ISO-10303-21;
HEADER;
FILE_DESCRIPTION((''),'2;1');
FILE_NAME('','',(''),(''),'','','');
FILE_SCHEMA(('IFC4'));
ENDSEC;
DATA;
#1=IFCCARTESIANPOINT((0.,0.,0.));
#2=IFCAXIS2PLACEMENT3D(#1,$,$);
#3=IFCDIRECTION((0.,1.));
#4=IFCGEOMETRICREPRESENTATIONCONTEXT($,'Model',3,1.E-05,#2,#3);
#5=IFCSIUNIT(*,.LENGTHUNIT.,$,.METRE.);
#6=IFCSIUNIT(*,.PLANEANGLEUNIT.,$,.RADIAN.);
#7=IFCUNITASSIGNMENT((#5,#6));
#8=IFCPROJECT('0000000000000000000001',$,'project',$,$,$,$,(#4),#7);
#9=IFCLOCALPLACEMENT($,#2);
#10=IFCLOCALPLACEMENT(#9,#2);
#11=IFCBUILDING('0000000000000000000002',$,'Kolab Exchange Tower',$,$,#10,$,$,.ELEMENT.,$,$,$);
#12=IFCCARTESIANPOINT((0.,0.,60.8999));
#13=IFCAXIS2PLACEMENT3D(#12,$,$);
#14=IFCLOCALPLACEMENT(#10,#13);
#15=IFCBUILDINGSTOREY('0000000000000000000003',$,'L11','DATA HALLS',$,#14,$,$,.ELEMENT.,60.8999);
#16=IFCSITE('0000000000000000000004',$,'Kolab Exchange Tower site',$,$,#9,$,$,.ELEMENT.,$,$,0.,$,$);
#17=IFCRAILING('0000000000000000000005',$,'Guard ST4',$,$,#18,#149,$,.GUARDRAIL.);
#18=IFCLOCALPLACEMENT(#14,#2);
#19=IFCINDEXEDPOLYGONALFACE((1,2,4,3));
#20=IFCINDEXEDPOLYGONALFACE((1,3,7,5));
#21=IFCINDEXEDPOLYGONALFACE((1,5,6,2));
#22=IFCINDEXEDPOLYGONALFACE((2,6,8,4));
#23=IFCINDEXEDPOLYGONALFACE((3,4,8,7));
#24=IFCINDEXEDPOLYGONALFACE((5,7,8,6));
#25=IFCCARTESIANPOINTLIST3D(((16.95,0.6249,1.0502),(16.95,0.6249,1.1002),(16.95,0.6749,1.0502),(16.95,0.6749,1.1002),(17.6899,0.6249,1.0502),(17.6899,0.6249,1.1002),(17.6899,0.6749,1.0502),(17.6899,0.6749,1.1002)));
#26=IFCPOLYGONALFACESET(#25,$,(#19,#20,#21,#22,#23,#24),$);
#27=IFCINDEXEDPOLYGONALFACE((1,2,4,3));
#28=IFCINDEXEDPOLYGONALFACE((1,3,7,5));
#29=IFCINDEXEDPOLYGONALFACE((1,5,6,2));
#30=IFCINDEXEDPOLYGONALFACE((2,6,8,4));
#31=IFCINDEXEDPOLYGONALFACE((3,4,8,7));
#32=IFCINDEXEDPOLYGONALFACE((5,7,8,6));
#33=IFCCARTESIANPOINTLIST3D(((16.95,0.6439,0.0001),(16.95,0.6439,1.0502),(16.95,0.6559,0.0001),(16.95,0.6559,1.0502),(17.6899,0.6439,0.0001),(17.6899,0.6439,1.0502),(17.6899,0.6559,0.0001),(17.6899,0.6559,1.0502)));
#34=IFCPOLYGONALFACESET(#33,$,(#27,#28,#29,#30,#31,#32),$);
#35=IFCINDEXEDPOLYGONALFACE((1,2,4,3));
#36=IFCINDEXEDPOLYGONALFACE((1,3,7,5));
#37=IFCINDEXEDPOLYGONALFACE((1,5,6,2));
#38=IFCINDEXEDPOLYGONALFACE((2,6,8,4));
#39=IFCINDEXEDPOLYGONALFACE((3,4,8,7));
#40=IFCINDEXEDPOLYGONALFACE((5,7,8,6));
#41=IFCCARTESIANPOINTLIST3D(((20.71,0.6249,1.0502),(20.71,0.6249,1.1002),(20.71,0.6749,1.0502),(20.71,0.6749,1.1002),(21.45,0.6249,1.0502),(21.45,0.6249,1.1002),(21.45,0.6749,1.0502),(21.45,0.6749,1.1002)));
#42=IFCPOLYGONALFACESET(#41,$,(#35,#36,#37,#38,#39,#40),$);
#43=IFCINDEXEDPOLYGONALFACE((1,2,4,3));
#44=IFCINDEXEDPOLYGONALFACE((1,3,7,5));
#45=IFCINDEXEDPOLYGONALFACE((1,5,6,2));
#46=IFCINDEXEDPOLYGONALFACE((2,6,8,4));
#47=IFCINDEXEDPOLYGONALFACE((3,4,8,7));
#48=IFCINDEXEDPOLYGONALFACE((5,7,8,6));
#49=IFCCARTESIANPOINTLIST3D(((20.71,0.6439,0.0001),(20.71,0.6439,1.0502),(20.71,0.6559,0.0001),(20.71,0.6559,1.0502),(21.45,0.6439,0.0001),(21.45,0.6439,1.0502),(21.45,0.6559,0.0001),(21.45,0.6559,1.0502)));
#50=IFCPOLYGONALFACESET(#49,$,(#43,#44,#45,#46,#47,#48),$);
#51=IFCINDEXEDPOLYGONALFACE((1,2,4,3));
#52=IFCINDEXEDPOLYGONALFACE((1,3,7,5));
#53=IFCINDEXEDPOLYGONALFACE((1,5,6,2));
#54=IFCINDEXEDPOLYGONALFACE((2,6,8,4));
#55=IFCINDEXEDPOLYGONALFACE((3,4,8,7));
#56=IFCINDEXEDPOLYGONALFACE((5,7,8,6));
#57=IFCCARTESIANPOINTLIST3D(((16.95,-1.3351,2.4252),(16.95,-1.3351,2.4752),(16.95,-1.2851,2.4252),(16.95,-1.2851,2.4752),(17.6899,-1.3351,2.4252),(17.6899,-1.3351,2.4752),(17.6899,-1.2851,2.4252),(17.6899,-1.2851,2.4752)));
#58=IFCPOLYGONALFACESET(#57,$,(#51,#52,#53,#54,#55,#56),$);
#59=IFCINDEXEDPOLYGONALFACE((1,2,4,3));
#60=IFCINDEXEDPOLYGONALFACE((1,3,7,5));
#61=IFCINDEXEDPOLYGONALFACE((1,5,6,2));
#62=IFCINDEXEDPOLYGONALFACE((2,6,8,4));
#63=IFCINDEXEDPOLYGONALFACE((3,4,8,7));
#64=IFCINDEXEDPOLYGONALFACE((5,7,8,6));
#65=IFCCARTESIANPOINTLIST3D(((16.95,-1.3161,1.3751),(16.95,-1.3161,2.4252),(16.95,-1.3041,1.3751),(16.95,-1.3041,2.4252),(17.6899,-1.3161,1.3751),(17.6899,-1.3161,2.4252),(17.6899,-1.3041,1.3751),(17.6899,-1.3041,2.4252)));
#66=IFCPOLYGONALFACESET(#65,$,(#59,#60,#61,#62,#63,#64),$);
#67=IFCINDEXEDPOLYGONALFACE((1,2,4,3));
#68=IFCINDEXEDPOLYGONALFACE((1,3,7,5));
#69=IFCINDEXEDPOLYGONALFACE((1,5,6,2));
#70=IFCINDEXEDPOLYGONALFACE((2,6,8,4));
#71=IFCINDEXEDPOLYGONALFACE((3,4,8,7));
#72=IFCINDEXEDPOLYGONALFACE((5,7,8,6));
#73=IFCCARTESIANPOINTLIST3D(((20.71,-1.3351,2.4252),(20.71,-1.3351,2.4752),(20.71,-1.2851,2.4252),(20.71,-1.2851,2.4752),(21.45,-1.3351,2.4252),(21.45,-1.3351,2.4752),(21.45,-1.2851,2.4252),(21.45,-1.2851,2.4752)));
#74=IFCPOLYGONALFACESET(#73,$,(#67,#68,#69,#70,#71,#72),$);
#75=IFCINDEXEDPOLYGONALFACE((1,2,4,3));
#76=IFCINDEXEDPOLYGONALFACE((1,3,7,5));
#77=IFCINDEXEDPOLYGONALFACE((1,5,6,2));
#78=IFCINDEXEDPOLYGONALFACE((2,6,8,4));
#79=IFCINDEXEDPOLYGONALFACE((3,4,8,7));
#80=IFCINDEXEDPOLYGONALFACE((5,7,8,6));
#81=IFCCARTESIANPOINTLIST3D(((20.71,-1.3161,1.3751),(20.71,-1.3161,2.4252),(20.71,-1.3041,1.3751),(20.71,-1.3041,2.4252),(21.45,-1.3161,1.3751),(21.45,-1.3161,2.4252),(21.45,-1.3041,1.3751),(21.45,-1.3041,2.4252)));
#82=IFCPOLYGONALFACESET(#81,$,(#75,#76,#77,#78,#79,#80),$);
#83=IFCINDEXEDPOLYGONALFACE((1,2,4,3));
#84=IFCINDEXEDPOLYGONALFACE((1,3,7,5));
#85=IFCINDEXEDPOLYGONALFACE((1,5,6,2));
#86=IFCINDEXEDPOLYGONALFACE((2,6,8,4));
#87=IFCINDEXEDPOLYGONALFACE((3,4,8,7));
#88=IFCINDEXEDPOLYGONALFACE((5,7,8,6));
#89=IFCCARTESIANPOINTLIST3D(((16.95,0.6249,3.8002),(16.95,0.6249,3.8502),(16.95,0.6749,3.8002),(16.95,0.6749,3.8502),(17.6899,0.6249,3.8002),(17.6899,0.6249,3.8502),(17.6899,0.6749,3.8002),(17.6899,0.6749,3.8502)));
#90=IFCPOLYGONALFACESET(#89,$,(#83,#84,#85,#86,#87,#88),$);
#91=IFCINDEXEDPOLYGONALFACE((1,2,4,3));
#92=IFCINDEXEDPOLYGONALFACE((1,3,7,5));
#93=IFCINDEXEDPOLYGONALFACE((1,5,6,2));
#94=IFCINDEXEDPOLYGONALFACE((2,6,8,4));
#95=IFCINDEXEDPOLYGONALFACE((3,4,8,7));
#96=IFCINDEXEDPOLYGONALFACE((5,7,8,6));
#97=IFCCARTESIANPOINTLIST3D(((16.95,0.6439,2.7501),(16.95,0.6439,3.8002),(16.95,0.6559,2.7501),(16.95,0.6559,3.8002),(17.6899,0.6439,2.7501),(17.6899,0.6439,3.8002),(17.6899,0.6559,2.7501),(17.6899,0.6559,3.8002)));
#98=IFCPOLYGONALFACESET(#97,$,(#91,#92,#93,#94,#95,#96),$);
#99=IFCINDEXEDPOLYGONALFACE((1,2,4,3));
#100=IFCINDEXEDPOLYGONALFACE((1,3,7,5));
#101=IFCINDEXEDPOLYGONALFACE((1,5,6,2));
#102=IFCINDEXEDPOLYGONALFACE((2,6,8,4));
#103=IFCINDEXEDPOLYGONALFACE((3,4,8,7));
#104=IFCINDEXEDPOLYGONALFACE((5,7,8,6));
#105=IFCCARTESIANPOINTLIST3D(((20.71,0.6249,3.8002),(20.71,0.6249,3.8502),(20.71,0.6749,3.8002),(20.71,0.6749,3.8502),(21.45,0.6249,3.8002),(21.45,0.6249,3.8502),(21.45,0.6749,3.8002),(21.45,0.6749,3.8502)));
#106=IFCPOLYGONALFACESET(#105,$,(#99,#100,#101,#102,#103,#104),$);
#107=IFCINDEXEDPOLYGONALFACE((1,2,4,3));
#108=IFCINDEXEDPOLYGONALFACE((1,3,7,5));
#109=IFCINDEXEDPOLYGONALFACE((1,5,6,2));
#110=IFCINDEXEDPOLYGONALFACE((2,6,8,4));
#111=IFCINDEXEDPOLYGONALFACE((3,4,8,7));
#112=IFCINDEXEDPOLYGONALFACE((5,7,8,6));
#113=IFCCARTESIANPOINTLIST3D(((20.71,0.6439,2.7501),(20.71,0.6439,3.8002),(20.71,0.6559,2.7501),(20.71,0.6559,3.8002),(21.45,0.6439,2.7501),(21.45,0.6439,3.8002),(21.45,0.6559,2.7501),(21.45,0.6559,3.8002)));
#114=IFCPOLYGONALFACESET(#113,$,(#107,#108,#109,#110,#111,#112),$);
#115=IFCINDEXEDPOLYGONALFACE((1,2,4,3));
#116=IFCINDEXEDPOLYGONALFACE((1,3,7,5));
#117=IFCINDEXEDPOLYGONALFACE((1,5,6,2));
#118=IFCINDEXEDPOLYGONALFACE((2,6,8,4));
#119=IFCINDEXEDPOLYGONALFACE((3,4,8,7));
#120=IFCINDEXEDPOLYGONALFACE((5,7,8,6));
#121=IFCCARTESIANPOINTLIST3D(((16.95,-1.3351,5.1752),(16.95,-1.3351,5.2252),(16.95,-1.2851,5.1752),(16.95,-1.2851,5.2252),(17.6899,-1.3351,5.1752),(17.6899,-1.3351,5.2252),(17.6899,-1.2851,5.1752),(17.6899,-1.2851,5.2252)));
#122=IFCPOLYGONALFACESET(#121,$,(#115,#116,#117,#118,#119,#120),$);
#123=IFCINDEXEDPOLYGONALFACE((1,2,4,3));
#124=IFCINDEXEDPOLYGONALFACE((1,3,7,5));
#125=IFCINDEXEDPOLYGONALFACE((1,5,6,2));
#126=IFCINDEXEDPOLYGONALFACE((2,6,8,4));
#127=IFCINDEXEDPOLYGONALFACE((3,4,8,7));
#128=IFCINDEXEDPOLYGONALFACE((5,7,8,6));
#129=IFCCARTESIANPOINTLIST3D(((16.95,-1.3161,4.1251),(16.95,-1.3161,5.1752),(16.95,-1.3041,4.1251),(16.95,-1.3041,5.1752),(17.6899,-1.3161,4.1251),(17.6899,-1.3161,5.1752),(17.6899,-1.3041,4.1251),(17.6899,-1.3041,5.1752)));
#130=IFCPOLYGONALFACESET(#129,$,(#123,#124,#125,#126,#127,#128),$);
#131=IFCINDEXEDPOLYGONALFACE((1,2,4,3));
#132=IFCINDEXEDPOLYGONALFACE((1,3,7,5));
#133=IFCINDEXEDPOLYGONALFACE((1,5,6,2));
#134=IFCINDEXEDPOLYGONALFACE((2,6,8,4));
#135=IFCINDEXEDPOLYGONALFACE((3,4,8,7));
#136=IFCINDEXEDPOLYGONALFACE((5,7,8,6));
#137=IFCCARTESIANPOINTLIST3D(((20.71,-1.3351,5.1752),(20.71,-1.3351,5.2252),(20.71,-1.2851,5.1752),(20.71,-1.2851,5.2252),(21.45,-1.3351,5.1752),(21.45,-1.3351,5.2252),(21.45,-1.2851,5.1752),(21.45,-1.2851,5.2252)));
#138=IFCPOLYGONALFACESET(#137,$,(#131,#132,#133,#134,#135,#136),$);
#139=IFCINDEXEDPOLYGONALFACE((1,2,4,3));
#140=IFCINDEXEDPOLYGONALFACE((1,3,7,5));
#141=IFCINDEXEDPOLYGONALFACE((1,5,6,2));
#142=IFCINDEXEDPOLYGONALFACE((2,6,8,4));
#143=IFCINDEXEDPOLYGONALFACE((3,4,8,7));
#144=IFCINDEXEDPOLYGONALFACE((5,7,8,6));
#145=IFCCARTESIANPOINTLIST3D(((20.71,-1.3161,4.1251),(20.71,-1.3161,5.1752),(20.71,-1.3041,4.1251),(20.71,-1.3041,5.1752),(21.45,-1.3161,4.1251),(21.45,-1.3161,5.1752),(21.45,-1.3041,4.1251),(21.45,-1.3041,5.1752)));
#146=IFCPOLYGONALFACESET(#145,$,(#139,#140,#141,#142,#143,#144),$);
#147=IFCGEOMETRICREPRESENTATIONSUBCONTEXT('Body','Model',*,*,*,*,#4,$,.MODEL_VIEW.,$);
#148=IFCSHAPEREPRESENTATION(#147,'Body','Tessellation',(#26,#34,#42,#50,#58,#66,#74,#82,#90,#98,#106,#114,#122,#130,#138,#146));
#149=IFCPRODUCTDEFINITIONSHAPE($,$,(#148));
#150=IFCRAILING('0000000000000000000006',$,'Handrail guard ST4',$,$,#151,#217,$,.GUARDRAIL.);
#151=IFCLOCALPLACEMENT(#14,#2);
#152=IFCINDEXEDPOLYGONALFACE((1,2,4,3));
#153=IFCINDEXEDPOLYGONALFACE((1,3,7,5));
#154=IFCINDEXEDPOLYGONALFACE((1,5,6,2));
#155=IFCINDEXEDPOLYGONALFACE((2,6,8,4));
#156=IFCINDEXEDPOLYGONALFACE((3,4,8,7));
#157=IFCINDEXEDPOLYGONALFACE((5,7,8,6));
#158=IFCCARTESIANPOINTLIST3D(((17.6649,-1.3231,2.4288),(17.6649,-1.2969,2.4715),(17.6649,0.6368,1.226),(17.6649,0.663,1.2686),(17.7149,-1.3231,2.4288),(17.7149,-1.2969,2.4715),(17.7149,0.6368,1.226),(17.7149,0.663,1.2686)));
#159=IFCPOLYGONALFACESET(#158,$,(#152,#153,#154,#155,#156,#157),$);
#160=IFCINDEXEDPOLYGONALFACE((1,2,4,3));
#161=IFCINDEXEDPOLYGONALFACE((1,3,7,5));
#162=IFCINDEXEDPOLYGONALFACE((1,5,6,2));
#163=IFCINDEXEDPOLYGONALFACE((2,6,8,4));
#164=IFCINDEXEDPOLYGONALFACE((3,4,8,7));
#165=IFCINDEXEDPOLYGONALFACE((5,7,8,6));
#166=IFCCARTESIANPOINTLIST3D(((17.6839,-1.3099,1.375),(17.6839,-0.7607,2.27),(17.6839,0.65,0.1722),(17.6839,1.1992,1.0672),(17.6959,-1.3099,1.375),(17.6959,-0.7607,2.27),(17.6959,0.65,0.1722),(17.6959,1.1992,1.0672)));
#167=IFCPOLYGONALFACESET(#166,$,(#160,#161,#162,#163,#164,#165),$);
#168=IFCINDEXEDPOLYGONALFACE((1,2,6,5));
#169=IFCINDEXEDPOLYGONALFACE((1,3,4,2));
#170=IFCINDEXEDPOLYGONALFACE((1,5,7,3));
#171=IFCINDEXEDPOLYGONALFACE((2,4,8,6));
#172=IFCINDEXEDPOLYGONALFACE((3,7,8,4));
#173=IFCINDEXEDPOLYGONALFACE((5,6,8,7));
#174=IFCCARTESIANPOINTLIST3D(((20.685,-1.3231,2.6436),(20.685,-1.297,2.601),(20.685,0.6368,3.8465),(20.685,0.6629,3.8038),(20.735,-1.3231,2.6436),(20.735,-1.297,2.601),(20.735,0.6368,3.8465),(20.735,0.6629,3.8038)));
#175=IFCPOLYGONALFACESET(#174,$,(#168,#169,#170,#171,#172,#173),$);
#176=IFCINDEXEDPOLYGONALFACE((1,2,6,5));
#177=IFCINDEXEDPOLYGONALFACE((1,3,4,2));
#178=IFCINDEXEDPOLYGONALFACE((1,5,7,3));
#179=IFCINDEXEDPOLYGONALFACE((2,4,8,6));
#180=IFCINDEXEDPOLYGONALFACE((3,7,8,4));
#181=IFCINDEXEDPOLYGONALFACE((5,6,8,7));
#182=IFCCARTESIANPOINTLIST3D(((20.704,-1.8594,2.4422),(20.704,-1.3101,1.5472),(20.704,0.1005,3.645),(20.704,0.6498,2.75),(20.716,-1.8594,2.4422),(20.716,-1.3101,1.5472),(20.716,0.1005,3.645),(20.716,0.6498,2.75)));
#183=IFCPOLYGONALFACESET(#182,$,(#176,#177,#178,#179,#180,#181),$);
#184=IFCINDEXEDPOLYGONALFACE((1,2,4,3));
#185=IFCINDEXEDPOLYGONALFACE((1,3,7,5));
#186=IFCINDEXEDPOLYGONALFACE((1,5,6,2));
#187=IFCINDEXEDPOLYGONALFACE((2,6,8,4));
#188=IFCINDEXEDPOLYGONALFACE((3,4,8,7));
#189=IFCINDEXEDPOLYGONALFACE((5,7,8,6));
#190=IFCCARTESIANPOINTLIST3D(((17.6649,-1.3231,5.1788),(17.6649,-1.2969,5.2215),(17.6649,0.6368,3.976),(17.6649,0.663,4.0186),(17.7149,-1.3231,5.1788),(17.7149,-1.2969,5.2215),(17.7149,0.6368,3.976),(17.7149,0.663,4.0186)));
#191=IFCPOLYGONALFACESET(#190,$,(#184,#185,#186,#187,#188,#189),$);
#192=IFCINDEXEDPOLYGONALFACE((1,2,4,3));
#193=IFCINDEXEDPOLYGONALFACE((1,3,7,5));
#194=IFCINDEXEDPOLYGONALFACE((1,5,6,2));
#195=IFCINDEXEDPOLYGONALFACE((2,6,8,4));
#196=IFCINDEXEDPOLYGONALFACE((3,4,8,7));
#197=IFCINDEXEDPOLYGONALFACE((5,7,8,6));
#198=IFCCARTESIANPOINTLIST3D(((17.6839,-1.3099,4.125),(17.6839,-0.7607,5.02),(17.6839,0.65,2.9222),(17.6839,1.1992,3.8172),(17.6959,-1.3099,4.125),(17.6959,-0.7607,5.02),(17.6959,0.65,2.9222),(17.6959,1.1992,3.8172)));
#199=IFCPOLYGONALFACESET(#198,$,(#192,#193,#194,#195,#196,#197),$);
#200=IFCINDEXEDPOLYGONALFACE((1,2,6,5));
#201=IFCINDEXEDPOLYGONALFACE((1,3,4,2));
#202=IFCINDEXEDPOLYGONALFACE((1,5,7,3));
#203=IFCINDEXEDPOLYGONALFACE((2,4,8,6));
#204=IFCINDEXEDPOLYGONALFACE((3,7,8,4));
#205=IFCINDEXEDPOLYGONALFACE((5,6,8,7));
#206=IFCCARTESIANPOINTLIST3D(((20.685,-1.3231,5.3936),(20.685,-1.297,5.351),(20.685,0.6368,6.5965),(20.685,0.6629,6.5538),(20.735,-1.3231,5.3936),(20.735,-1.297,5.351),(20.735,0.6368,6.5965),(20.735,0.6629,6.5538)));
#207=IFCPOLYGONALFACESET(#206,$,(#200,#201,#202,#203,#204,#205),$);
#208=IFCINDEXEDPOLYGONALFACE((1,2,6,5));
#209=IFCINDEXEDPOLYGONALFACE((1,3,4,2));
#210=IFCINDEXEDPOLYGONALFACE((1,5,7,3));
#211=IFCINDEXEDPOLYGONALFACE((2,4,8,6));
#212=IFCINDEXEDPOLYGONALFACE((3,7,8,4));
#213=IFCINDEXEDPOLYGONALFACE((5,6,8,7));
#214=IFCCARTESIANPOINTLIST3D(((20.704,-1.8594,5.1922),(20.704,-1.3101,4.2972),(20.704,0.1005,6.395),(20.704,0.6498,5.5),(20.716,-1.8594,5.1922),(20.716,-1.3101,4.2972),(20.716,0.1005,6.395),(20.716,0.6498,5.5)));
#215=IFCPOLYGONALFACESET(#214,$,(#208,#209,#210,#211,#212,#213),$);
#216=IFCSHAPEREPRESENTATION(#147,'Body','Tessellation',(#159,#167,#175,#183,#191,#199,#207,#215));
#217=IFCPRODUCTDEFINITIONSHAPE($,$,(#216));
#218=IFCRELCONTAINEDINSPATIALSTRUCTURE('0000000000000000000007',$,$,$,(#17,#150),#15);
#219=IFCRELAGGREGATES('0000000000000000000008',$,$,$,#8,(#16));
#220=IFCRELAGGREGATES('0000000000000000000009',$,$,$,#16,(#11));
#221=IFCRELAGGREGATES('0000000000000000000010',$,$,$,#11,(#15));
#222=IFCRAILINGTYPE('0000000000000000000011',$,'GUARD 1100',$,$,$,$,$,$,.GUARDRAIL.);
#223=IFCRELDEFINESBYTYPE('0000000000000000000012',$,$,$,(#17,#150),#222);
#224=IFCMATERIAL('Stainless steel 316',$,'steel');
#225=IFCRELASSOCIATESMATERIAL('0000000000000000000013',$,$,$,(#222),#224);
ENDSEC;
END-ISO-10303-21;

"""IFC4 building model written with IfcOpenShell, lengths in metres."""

from ifc_helpers import new_model, si_unit, direction, frame, frame_2d, origin, origin_2d, place, context, subcontext, project, spatial, rectangle, extrude, material, type_object, element, save


model = new_model("IFC4")

# Units and contexts
model_context = context("Model", 3, precision=1e-05, world=origin(), true_north=direction((0.0, 1.0)))
body_context = subcontext(model_context, "Body", "Model", "MODEL_VIEW")
ifc_project = project(units=[si_unit("LENGTHUNIT", "METRE"), si_unit("PLANEANGLEUNIT", "RADIAN")], contexts=[model_context])

# Site, building, storey
site_placement = place(None, origin())
site = spatial("IfcSite", under=ifc_project, at=site_placement, Name="Kolab Exchange Tower site", CompositionType="ELEMENT", RefElevation=0.0)
building_placement = place(site_placement, origin())
building = spatial("IfcBuilding", under=site, at=building_placement, Name="Kolab Exchange Tower", CompositionType="ELEMENT")
storey_placement = place(building_placement, frame((0.0, 0.0, 60.8999)))
storey = spatial("IfcBuildingStorey", under=building, at=storey_placement, Name="L11", Description="DATA HALLS", CompositionType="ELEMENT", Elevation=60.8999)

# Railings
ifc_material_1 = material(Name="Stainless steel 316", Category="steel")
railing_type = type_object("IfcRailingType", Name="GUARD 1100", PredefinedType="GUARDRAIL", material=ifc_material_1)
railing_1_placement = place(storey_placement, frame((16.95, 0.6499, 0.0)))
element("IfcRailing", 1, at=railing_1_placement, inside=storey, type_object=railing_type, Name="Guard ST4", PredefinedType="GUARDRAIL", context=body_context, shape_type="SweptSolid", body=[
    extrude(rectangle(XDim=0.05, YDim=0.05, at=origin_2d()), frame((0.0, 0.0, 1.0752), z_axis=(1.0, 0.0, 0.0), x_axis=(0.0, 1.0, 0.0)), (0.0, 0.0, 1.0), 0.74),
    extrude(rectangle(XDim=0.012, YDim=1.0501, at=frame_2d((0.0, 0.5251))), frame((0.0, 0.0, 0.0), z_axis=(1.0, 0.0, 0.0), x_axis=(0.0, 1.0, 0.0)), (0.0, 0.0, 1.0), 0.74),
    extrude(rectangle(XDim=0.05, YDim=0.05, at=origin_2d()), frame((3.76, 0.0, 1.0752), z_axis=(1.0, 0.0, 0.0), x_axis=(0.0, 1.0, 0.0)), (0.0, 0.0, 1.0), 0.74),
    extrude(rectangle(XDim=0.012, YDim=1.0501, at=frame_2d((0.0, 0.5251))), frame((3.76, 0.0, 0.0), z_axis=(1.0, 0.0, 0.0), x_axis=(0.0, 1.0, 0.0)), (0.0, 0.0, 1.0), 0.74),
    extrude(rectangle(XDim=0.05, YDim=0.05, at=origin_2d()), frame((0.0, -1.96, 2.4502), z_axis=(1.0, 0.0, 0.0), x_axis=(0.0, 1.0, 0.0)), (0.0, 0.0, 1.0), 0.74),
    extrude(rectangle(XDim=0.012, YDim=1.0501, at=frame_2d((0.0, 0.5251))), frame((0.0, -1.96, 1.375), z_axis=(1.0, 0.0, 0.0), x_axis=(0.0, 1.0, 0.0)), (0.0, 0.0, 1.0), 0.74),
    extrude(rectangle(XDim=0.05, YDim=0.05, at=origin_2d()), frame((3.76, -1.96, 2.4502), z_axis=(1.0, 0.0, 0.0), x_axis=(0.0, 1.0, 0.0)), (0.0, 0.0, 1.0), 0.74),
    extrude(rectangle(XDim=0.012, YDim=1.0501, at=frame_2d((0.0, 0.5251))), frame((3.76, -1.96, 1.375), z_axis=(1.0, 0.0, 0.0), x_axis=(0.0, 1.0, 0.0)), (0.0, 0.0, 1.0), 0.74),
    extrude(rectangle(XDim=0.05, YDim=0.05, at=origin_2d()), frame((0.0, 0.0, 3.8252), z_axis=(1.0, 0.0, 0.0), x_axis=(0.0, 1.0, 0.0)), (0.0, 0.0, 1.0), 0.74),
    extrude(rectangle(XDim=0.012, YDim=1.0501, at=frame_2d((0.0, 0.5251))), frame((0.0, 0.0, 2.75), z_axis=(1.0, 0.0, 0.0), x_axis=(0.0, 1.0, 0.0)), (0.0, 0.0, 1.0), 0.74),
    extrude(rectangle(XDim=0.05, YDim=0.05, at=origin_2d()), frame((3.76, 0.0, 3.8252), z_axis=(1.0, 0.0, 0.0), x_axis=(0.0, 1.0, 0.0)), (0.0, 0.0, 1.0), 0.74),
    extrude(rectangle(XDim=0.012, YDim=1.0501, at=frame_2d((0.0, 0.5251))), frame((3.76, 0.0, 2.75), z_axis=(1.0, 0.0, 0.0), x_axis=(0.0, 1.0, 0.0)), (0.0, 0.0, 1.0), 0.74),
    extrude(rectangle(XDim=0.05, YDim=0.05, at=origin_2d()), frame((0.0, -1.96, 5.2002), z_axis=(1.0, 0.0, 0.0), x_axis=(0.0, 1.0, 0.0)), (0.0, 0.0, 1.0), 0.74),
    extrude(rectangle(XDim=0.012, YDim=1.0501, at=frame_2d((0.0, 0.5251))), frame((0.0, -1.96, 4.125), z_axis=(1.0, 0.0, 0.0), x_axis=(0.0, 1.0, 0.0)), (0.0, 0.0, 1.0), 0.74),
    extrude(rectangle(XDim=0.05, YDim=0.05, at=origin_2d()), frame((3.76, -1.96, 5.2002), z_axis=(1.0, 0.0, 0.0), x_axis=(0.0, 1.0, 0.0)), (0.0, 0.0, 1.0), 0.74),
    extrude(rectangle(XDim=0.012, YDim=1.0501, at=frame_2d((0.0, 0.5251))), frame((3.76, -1.96, 4.125), z_axis=(1.0, 0.0, 0.0), x_axis=(0.0, 1.0, 0.0)), (0.0, 0.0, 1.0), 0.74),
])
railing_2_placement = place(storey_placement, frame((17.6899, 0.6499, 0.1721)))
element("IfcRailing", 2, at=railing_2_placement, inside=storey, type_object=railing_type, Name="Handrail guard ST4", PredefinedType="GUARDRAIL", context=body_context, shape_type="SweptSolid", body=[
    extrude(rectangle(XDim=0.05, YDim=0.05, at=origin_2d()), frame((0.0, 0.0, 1.0752), z_axis=(0.0, -0.852288, 0.523072), x_axis=(1.0, 0.0, 0.0)), (0.0, 0.0, 1.0), 2.2996),
    extrude(rectangle(XDim=0.012, YDim=1.0501, at=frame_2d((0.0, 0.5251))), frame((0.0, 0.0, 0.0), z_axis=(0.0, -0.852288, 0.523072), x_axis=(1.0, 0.0, 0.0)), (0.0, 0.0, 1.0), 2.2996),
    extrude(rectangle(XDim=0.05, YDim=0.05, at=origin_2d()), frame((3.02, -1.96, 2.4502), z_axis=(0.0, 0.852288, 0.523072), x_axis=(-1.0, 0.0, 0.0)), (0.0, 0.0, 1.0), 2.2996),
    extrude(rectangle(XDim=0.012, YDim=1.0501, at=frame_2d((0.0, 0.5251))), frame((3.02, -1.96, 1.375), z_axis=(0.0, 0.852288, 0.523072), x_axis=(-1.0, 0.0, 0.0)), (0.0, 0.0, 1.0), 2.2996),
    extrude(rectangle(XDim=0.05, YDim=0.05, at=origin_2d()), frame((0.0, 0.0, 3.8252), z_axis=(0.0, -0.852288, 0.523072), x_axis=(1.0, 0.0, 0.0)), (0.0, 0.0, 1.0), 2.2996),
    extrude(rectangle(XDim=0.012, YDim=1.0501, at=frame_2d((0.0, 0.5251))), frame((0.0, 0.0, 2.75), z_axis=(0.0, -0.852288, 0.523072), x_axis=(1.0, 0.0, 0.0)), (0.0, 0.0, 1.0), 2.2996),
    extrude(rectangle(XDim=0.05, YDim=0.05, at=origin_2d()), frame((3.02, -1.96, 5.2002), z_axis=(0.0, 0.852288, 0.523072), x_axis=(-1.0, 0.0, 0.0)), (0.0, 0.0, 1.0), 2.2996),
    extrude(rectangle(XDim=0.012, YDim=1.0501, at=frame_2d((0.0, 0.5251))), frame((3.02, -1.96, 4.125), z_axis=(0.0, 0.852288, 0.523072), x_axis=(-1.0, 0.0, 0.0)), (0.0, 0.0, 1.0), 2.2996),
])

save(model, "model.ifc")
